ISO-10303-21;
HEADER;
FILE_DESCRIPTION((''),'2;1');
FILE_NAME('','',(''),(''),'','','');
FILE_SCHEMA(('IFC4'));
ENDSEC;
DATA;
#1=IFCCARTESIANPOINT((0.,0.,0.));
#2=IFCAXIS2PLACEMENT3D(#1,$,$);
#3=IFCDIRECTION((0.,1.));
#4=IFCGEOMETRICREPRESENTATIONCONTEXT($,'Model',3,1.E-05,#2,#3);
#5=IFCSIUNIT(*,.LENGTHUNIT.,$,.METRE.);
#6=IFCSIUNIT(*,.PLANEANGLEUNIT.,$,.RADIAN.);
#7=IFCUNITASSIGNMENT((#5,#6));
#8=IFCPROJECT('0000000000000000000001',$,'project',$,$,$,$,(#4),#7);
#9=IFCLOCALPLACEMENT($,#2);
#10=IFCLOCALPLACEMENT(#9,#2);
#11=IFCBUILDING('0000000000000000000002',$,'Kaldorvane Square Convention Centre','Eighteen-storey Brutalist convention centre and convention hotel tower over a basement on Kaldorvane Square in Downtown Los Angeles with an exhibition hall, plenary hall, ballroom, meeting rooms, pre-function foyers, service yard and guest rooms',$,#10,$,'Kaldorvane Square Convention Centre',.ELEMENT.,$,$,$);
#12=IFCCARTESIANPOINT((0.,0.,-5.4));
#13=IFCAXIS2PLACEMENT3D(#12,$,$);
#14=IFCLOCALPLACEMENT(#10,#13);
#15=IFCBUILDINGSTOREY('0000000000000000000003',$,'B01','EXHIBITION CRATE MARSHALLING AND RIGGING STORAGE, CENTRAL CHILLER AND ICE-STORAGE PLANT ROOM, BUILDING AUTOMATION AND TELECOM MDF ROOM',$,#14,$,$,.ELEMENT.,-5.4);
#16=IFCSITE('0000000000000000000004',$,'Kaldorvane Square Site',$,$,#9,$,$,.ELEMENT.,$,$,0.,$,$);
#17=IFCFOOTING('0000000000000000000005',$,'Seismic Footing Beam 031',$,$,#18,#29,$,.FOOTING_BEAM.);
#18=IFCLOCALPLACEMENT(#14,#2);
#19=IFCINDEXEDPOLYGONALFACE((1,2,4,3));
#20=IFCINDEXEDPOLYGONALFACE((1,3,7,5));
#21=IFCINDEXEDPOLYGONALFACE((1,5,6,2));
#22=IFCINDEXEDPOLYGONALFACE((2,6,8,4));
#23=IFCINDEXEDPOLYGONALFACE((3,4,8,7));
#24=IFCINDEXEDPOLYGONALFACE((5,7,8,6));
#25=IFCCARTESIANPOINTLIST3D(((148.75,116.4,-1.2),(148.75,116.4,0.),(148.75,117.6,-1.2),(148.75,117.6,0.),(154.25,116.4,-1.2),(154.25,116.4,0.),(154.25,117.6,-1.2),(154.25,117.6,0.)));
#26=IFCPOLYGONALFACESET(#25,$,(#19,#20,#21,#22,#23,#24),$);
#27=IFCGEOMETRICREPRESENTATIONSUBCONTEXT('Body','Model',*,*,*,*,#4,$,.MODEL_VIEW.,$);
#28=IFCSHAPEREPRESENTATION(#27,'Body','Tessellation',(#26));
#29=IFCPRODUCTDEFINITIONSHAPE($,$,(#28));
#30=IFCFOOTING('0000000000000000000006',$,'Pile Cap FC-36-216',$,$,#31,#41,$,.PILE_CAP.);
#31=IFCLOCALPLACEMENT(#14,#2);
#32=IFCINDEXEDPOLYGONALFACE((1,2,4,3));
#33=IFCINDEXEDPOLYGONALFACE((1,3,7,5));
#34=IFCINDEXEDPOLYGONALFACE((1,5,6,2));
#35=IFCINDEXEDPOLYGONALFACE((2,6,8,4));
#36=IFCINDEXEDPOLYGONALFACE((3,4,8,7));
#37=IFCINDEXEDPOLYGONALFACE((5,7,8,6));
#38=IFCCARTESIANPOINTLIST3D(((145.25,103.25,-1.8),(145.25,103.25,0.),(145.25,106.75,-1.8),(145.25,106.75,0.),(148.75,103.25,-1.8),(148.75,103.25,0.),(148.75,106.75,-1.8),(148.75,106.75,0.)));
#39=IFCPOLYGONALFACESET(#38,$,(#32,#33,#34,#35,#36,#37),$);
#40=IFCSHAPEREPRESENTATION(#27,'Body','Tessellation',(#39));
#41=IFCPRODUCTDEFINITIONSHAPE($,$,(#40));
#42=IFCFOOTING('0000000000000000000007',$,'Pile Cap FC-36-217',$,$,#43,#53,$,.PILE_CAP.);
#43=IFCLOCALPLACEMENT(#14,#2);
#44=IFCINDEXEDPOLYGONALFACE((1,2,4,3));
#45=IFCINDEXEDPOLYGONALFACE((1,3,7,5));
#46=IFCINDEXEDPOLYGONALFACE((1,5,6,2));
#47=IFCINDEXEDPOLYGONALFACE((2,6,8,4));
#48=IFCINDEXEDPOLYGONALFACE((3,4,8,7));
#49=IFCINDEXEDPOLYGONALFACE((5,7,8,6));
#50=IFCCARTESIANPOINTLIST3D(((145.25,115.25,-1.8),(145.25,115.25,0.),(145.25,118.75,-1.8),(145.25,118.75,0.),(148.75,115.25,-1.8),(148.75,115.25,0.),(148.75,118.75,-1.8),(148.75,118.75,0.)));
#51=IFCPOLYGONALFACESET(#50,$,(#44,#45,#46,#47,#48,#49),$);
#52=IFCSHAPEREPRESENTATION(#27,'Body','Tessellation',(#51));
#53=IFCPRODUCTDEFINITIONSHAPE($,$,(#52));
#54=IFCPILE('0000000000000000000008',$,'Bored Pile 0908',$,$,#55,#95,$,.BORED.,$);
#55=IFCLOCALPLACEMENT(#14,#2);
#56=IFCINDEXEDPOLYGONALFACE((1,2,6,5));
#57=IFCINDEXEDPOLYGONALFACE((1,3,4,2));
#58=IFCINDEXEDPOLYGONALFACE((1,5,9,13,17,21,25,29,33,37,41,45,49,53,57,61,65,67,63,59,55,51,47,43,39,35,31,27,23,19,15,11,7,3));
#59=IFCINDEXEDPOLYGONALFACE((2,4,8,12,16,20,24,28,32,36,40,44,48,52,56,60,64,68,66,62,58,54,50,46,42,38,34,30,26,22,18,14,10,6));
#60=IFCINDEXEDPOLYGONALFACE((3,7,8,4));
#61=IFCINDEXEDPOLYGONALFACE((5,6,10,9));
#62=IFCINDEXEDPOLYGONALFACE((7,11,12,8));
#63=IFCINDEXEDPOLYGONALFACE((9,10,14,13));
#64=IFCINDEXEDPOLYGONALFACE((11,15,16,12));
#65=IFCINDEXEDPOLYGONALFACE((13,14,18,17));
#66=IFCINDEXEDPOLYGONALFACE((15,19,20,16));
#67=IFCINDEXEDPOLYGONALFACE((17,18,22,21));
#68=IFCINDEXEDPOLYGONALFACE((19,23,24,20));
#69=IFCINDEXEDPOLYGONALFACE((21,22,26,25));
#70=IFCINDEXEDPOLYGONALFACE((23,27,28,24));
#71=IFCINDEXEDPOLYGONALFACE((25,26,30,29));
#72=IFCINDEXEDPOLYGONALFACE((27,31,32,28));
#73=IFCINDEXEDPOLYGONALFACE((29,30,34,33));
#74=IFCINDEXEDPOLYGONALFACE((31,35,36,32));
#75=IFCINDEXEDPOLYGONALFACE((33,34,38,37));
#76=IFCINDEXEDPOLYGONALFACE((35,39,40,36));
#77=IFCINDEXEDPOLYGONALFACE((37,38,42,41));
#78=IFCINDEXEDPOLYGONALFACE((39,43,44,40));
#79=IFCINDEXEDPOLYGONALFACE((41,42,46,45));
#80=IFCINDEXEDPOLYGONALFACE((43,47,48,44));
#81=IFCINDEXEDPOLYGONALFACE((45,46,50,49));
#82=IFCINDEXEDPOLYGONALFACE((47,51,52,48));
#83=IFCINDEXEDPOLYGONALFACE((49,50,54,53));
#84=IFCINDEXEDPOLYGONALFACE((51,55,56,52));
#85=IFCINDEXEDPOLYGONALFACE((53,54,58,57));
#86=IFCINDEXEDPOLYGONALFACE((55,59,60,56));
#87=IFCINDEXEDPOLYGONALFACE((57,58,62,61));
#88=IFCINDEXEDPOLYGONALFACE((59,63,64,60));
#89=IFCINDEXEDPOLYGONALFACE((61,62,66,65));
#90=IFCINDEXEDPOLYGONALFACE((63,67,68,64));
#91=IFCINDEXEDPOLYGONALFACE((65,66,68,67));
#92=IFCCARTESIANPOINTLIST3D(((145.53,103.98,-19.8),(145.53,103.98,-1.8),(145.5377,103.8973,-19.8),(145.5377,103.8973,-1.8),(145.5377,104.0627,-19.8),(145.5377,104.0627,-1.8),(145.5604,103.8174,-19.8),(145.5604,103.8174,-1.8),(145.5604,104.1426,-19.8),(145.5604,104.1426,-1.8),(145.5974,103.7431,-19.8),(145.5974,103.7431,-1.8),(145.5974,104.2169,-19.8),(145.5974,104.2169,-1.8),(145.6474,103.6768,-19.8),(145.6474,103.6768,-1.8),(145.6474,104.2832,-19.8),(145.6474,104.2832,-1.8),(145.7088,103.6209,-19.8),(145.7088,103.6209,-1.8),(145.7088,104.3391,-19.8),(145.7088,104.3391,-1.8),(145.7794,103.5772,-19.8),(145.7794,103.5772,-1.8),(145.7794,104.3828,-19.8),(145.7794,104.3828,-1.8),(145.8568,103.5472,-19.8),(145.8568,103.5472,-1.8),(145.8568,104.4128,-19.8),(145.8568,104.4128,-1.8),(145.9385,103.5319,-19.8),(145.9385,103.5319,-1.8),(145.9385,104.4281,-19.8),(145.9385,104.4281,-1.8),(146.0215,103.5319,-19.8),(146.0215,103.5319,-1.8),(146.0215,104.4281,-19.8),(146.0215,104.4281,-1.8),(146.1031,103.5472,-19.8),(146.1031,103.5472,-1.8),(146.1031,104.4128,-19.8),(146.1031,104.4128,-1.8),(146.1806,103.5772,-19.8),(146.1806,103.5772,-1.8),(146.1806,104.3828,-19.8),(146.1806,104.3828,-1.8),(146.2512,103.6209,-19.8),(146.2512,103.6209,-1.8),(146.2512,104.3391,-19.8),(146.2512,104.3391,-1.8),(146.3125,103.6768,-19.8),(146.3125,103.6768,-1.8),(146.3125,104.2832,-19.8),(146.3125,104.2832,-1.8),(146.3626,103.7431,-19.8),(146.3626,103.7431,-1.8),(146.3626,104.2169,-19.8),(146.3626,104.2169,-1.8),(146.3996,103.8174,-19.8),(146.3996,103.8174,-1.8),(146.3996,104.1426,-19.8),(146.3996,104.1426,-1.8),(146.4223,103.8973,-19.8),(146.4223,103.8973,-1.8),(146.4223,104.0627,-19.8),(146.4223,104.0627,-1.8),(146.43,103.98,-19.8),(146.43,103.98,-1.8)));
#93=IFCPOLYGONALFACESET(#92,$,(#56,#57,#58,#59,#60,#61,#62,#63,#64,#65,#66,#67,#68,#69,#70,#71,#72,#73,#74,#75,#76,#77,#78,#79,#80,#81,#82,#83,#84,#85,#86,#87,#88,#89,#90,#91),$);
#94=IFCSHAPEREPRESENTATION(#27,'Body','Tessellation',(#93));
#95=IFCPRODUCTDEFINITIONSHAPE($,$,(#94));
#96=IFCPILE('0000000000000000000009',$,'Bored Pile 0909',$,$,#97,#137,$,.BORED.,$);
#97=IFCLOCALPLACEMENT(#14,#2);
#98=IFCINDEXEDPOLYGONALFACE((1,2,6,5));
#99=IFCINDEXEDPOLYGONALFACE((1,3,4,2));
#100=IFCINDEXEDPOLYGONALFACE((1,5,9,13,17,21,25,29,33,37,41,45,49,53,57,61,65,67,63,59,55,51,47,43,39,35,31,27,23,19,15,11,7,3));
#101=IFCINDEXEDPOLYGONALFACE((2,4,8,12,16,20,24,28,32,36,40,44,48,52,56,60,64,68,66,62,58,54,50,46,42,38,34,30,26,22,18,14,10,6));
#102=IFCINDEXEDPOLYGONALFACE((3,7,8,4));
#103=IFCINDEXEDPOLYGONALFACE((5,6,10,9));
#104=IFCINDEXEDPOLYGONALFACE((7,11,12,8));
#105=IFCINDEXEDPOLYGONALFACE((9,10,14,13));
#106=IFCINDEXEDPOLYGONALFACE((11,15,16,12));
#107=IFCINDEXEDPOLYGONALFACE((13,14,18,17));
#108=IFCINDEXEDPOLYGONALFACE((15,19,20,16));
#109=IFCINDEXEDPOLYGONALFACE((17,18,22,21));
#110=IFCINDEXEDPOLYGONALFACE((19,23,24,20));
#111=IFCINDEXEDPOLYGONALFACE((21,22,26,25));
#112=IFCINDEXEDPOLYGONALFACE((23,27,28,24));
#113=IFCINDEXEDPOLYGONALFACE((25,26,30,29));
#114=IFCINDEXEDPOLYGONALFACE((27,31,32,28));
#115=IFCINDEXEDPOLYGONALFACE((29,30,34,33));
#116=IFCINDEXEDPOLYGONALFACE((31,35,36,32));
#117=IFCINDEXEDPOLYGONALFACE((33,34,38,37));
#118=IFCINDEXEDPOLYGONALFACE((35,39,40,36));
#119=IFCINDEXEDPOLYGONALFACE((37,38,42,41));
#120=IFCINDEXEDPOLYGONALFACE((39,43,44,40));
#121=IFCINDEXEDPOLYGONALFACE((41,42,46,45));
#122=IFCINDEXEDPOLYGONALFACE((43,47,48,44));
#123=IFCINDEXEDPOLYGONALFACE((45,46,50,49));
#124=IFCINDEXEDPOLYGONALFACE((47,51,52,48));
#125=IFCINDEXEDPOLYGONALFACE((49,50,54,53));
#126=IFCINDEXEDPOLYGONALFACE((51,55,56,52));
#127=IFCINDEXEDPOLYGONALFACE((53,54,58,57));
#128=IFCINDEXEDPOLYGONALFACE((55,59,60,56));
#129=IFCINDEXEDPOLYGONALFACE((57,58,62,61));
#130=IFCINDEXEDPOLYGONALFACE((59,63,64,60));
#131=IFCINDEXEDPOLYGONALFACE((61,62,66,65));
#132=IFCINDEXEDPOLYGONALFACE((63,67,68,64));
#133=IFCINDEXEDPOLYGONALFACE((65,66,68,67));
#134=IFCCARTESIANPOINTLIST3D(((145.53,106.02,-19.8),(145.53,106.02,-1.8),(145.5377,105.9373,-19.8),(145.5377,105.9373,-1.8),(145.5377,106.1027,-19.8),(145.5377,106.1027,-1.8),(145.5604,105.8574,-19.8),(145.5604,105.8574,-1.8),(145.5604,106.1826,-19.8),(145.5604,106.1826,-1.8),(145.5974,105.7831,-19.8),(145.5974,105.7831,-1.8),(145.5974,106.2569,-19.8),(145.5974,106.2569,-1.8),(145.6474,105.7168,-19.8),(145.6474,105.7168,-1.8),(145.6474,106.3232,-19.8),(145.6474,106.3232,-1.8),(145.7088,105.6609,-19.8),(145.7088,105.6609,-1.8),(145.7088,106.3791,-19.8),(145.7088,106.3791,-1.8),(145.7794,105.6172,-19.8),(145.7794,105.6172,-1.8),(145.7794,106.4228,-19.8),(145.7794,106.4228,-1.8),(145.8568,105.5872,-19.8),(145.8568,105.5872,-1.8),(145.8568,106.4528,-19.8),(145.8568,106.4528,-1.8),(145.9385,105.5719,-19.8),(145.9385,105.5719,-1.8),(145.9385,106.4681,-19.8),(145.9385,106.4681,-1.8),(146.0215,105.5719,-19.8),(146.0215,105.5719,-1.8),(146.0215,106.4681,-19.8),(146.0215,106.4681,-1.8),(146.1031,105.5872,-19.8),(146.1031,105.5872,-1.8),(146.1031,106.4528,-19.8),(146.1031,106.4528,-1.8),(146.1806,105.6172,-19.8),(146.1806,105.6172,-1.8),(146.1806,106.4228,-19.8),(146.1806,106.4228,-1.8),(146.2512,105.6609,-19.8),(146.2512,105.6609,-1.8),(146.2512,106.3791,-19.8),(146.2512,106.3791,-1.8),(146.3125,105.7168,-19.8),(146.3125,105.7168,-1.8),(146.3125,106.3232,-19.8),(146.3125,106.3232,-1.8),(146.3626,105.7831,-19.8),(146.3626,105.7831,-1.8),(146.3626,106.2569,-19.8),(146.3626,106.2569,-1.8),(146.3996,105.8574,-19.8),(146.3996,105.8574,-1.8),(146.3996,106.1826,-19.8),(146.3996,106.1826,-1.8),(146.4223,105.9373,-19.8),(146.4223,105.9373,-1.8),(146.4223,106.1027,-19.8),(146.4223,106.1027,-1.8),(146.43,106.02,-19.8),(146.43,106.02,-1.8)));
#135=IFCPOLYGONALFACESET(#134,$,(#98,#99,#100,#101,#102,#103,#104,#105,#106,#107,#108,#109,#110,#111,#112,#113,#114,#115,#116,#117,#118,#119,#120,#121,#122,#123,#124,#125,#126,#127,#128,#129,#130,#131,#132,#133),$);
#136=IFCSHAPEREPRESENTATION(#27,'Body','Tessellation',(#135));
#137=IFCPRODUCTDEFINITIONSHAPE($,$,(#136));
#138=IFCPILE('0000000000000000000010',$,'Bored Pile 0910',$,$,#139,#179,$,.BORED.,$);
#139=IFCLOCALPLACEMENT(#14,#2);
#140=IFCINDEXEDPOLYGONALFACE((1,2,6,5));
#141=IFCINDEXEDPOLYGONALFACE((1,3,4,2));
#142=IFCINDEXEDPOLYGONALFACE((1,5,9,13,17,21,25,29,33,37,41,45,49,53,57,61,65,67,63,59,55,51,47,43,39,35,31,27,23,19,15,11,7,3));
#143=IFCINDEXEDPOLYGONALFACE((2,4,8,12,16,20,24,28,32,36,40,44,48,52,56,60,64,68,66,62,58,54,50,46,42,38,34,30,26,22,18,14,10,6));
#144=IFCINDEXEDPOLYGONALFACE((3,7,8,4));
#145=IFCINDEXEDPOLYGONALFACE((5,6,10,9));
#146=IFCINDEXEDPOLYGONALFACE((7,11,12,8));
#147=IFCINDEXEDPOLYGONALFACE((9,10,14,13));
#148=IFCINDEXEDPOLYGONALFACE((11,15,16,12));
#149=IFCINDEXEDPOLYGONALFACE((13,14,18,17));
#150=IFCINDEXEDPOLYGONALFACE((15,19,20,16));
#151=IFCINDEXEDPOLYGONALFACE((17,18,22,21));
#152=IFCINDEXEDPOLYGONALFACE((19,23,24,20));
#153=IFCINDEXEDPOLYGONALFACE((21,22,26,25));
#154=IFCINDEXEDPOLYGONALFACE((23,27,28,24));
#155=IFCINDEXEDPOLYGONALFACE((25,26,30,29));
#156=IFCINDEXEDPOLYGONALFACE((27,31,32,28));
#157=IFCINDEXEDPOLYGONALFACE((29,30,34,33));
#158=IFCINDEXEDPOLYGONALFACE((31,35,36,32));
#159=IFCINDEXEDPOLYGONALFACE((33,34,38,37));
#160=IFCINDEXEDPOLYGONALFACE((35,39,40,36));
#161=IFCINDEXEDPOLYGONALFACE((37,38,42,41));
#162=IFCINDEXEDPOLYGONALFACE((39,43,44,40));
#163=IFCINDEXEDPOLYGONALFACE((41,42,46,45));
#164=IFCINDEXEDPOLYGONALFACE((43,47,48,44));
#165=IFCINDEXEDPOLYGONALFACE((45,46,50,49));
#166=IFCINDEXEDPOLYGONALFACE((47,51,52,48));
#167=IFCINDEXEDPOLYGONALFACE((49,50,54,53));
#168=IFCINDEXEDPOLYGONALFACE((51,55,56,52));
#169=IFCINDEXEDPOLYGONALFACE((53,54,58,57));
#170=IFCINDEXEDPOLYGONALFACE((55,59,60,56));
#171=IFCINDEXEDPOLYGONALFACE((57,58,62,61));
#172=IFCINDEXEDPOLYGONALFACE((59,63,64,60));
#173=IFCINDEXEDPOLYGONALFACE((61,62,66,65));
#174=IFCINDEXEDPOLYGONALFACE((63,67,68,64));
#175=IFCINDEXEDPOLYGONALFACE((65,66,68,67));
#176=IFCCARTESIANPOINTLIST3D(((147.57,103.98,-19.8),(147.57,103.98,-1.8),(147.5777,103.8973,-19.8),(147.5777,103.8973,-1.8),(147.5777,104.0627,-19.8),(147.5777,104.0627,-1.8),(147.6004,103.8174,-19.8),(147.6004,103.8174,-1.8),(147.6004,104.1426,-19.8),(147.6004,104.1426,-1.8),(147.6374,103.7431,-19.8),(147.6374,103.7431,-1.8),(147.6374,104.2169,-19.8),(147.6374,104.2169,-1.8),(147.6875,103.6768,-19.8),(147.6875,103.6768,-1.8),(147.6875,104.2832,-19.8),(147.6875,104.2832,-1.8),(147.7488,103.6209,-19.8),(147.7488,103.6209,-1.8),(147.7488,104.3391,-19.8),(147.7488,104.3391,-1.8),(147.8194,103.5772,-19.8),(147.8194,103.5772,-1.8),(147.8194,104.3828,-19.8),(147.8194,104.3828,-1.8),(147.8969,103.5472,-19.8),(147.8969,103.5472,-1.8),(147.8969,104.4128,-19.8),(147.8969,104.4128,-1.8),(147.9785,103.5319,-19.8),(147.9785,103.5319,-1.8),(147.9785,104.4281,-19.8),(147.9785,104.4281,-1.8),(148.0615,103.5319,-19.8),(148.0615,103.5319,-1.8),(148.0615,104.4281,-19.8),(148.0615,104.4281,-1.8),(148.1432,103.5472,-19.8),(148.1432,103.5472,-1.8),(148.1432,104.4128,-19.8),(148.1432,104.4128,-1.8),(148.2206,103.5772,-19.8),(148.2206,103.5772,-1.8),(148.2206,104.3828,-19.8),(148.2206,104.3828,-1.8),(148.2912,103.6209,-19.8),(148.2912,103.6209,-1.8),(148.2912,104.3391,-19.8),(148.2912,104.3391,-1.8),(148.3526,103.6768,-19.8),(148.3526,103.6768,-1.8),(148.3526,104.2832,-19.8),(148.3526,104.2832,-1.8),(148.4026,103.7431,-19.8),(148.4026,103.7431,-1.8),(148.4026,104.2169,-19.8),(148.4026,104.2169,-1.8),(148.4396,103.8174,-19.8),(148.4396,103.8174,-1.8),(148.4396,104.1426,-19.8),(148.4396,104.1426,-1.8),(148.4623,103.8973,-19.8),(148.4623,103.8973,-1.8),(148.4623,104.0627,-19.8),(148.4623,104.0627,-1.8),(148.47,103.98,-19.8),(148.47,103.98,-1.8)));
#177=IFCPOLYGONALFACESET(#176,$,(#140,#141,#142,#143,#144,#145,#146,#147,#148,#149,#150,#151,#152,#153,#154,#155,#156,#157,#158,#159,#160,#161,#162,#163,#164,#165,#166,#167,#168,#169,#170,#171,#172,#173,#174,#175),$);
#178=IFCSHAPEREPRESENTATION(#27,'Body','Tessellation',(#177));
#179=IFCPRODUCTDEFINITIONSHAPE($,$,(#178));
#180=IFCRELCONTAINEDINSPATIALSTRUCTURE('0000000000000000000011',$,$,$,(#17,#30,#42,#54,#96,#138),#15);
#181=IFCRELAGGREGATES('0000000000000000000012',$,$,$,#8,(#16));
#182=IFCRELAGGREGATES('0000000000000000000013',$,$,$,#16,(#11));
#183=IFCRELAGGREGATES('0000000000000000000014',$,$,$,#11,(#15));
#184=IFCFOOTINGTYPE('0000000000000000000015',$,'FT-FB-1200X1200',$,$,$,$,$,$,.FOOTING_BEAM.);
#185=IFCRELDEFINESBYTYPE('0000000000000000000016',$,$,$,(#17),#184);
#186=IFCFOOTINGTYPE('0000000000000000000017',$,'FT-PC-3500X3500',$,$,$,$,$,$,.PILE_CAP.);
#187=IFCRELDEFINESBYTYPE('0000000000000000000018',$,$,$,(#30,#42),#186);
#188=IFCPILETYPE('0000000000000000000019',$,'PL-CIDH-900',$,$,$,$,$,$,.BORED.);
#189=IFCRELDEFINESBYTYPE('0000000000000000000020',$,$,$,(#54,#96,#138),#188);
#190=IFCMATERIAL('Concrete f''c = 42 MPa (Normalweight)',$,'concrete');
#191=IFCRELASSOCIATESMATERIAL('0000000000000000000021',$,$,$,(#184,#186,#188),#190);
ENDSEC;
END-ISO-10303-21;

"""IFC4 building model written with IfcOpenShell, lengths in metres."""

from ifc_helpers import new_model, si_unit, direction, frame, origin, origin_2d, place, context, subcontext, project, spatial, rectangle, circle, extrude, material, material_profile, profile_set, type_object, element, save


model = new_model("IFC4")

# Units and contexts
model_context = context("Model", 3, precision=1e-05, world=origin(), true_north=direction((0.0, 1.0)))
body_context = subcontext(model_context, "Body", "Model", "MODEL_VIEW")
ifc_project = project(units=[si_unit("LENGTHUNIT", "METRE"), si_unit("PLANEANGLEUNIT", "RADIAN")], contexts=[model_context])

# Site, building, storey
site_placement = place(None, origin())
site = spatial("IfcSite", under=ifc_project, at=site_placement, Name="Kaldorvane Square Site", CompositionType="ELEMENT", RefElevation=0.0)
building_placement = place(site_placement, origin())
building = spatial("IfcBuilding", under=site, at=building_placement, Name="Kaldorvane Square Convention Centre", Description="Eighteen-storey Brutalist convention centre and convention hotel tower over a basement on Kaldorvane Square in Downtown Los Angeles with an exhibition hall, plenary hall, ballroom, meeting rooms, pre-function foyers, service yard and guest rooms", LongName="Kaldorvane Square Convention Centre", CompositionType="ELEMENT")
storey_placement = place(building_placement, frame((0.0, 0.0, -5.4)))
storey = spatial("IfcBuildingStorey", under=building, at=storey_placement, Name="B01", Description="EXHIBITION CRATE MARSHALLING AND RIGGING STORAGE, CENTRAL CHILLER AND ICE-STORAGE PLANT ROOM, BUILDING AUTOMATION AND TELECOM MDF ROOM", CompositionType="ELEMENT", Elevation=-5.4)

# Footings
ifc_material_1 = material(Name="Concrete f'c = 42 MPa (Normalweight)", Category="concrete")
footing_type_1 = type_object("IfcFootingType", Name="FT-FB-1200X1200", PredefinedType="FOOTING_BEAM", material=ifc_material_1)
footing_placement = place(storey_placement, frame((151.5, 117.0, -1.2), z_axis=(0.0, 0.0, 1.0), x_axis=(1.0, 0.0, 0.0)))
element("IfcFooting", 1, at=footing_placement, inside=storey, type_object=footing_type_1, Name="Seismic Footing Beam 031", PredefinedType="FOOTING_BEAM", context=body_context, shape_type="SweptSolid", body=[
    extrude(rectangle(XDim=5.5, YDim=1.2, at=origin_2d()), origin(), (0.0, 0.0, 1.0), 1.2),
])
footing_type_2 = type_object("IfcFootingType", Name="FT-PC-3500X3500", PredefinedType="PILE_CAP", material=ifc_material_1)
for number, where, z_axis, x_axis, name in (
    (2, (147.0, 105.0, -1.8), (0.0, 0.0, 1.0), (1.0, 0.0, 0.0), "Pile Cap FC-36-216"),
    (3, (147.0, 117.0, -1.8), (0.0, 0.0, 1.0), (1.0, 0.0, 0.0), "Pile Cap FC-36-217"),
):
    element("IfcFooting", number, at=place(storey_placement, frame(where, z_axis=z_axis, x_axis=x_axis)), inside=storey, type_object=footing_type_2, Name=name, PredefinedType="PILE_CAP", context=body_context, shape_type="SweptSolid", body=[
        extrude(rectangle(XDim=3.5, YDim=3.5, at=origin_2d()), origin(), (0.0, 0.0, 1.0), 1.8),
    ])

# Piles
ifc_material_profile_1 = material_profile(ifc_material_1, circle(Radius=0.45, at=origin_2d()), Name="PILE-D900")
ifc_profile_set_1 = profile_set([ifc_material_profile_1], Name="Concrete f'c = 42 MPa (Normalweight)")
pile_type = type_object("IfcPileType", Name="PL-CIDH-900", PredefinedType="BORED", material=ifc_profile_set_1)
for number, where, z_axis, x_axis, name in (
    (4, (145.98, 103.98, -1.8), (0.0, 0.0, -1.0), (1.0, 0.0, 0.0), "Bored Pile 0908"),
    (5, (145.98, 106.02, -1.8), (0.0, 0.0, -1.0), (1.0, 0.0, 0.0), "Bored Pile 0909"),
    (6, (148.02, 103.98, -1.8), (0.0, 0.0, -1.0), (1.0, 0.0, 0.0), "Bored Pile 0910"),
):
    element("IfcPile", number, at=place(storey_placement, frame(where, z_axis=z_axis, x_axis=x_axis)), inside=storey, type_object=pile_type, Name=name, PredefinedType="BORED", context=body_context, shape_type="SweptSolid", body=[
        extrude(circle(Radius=0.45, at=origin_2d()), origin(), (0.0, 0.0, 1.0), 18.0),
    ])

save(model, "model.ifc")
